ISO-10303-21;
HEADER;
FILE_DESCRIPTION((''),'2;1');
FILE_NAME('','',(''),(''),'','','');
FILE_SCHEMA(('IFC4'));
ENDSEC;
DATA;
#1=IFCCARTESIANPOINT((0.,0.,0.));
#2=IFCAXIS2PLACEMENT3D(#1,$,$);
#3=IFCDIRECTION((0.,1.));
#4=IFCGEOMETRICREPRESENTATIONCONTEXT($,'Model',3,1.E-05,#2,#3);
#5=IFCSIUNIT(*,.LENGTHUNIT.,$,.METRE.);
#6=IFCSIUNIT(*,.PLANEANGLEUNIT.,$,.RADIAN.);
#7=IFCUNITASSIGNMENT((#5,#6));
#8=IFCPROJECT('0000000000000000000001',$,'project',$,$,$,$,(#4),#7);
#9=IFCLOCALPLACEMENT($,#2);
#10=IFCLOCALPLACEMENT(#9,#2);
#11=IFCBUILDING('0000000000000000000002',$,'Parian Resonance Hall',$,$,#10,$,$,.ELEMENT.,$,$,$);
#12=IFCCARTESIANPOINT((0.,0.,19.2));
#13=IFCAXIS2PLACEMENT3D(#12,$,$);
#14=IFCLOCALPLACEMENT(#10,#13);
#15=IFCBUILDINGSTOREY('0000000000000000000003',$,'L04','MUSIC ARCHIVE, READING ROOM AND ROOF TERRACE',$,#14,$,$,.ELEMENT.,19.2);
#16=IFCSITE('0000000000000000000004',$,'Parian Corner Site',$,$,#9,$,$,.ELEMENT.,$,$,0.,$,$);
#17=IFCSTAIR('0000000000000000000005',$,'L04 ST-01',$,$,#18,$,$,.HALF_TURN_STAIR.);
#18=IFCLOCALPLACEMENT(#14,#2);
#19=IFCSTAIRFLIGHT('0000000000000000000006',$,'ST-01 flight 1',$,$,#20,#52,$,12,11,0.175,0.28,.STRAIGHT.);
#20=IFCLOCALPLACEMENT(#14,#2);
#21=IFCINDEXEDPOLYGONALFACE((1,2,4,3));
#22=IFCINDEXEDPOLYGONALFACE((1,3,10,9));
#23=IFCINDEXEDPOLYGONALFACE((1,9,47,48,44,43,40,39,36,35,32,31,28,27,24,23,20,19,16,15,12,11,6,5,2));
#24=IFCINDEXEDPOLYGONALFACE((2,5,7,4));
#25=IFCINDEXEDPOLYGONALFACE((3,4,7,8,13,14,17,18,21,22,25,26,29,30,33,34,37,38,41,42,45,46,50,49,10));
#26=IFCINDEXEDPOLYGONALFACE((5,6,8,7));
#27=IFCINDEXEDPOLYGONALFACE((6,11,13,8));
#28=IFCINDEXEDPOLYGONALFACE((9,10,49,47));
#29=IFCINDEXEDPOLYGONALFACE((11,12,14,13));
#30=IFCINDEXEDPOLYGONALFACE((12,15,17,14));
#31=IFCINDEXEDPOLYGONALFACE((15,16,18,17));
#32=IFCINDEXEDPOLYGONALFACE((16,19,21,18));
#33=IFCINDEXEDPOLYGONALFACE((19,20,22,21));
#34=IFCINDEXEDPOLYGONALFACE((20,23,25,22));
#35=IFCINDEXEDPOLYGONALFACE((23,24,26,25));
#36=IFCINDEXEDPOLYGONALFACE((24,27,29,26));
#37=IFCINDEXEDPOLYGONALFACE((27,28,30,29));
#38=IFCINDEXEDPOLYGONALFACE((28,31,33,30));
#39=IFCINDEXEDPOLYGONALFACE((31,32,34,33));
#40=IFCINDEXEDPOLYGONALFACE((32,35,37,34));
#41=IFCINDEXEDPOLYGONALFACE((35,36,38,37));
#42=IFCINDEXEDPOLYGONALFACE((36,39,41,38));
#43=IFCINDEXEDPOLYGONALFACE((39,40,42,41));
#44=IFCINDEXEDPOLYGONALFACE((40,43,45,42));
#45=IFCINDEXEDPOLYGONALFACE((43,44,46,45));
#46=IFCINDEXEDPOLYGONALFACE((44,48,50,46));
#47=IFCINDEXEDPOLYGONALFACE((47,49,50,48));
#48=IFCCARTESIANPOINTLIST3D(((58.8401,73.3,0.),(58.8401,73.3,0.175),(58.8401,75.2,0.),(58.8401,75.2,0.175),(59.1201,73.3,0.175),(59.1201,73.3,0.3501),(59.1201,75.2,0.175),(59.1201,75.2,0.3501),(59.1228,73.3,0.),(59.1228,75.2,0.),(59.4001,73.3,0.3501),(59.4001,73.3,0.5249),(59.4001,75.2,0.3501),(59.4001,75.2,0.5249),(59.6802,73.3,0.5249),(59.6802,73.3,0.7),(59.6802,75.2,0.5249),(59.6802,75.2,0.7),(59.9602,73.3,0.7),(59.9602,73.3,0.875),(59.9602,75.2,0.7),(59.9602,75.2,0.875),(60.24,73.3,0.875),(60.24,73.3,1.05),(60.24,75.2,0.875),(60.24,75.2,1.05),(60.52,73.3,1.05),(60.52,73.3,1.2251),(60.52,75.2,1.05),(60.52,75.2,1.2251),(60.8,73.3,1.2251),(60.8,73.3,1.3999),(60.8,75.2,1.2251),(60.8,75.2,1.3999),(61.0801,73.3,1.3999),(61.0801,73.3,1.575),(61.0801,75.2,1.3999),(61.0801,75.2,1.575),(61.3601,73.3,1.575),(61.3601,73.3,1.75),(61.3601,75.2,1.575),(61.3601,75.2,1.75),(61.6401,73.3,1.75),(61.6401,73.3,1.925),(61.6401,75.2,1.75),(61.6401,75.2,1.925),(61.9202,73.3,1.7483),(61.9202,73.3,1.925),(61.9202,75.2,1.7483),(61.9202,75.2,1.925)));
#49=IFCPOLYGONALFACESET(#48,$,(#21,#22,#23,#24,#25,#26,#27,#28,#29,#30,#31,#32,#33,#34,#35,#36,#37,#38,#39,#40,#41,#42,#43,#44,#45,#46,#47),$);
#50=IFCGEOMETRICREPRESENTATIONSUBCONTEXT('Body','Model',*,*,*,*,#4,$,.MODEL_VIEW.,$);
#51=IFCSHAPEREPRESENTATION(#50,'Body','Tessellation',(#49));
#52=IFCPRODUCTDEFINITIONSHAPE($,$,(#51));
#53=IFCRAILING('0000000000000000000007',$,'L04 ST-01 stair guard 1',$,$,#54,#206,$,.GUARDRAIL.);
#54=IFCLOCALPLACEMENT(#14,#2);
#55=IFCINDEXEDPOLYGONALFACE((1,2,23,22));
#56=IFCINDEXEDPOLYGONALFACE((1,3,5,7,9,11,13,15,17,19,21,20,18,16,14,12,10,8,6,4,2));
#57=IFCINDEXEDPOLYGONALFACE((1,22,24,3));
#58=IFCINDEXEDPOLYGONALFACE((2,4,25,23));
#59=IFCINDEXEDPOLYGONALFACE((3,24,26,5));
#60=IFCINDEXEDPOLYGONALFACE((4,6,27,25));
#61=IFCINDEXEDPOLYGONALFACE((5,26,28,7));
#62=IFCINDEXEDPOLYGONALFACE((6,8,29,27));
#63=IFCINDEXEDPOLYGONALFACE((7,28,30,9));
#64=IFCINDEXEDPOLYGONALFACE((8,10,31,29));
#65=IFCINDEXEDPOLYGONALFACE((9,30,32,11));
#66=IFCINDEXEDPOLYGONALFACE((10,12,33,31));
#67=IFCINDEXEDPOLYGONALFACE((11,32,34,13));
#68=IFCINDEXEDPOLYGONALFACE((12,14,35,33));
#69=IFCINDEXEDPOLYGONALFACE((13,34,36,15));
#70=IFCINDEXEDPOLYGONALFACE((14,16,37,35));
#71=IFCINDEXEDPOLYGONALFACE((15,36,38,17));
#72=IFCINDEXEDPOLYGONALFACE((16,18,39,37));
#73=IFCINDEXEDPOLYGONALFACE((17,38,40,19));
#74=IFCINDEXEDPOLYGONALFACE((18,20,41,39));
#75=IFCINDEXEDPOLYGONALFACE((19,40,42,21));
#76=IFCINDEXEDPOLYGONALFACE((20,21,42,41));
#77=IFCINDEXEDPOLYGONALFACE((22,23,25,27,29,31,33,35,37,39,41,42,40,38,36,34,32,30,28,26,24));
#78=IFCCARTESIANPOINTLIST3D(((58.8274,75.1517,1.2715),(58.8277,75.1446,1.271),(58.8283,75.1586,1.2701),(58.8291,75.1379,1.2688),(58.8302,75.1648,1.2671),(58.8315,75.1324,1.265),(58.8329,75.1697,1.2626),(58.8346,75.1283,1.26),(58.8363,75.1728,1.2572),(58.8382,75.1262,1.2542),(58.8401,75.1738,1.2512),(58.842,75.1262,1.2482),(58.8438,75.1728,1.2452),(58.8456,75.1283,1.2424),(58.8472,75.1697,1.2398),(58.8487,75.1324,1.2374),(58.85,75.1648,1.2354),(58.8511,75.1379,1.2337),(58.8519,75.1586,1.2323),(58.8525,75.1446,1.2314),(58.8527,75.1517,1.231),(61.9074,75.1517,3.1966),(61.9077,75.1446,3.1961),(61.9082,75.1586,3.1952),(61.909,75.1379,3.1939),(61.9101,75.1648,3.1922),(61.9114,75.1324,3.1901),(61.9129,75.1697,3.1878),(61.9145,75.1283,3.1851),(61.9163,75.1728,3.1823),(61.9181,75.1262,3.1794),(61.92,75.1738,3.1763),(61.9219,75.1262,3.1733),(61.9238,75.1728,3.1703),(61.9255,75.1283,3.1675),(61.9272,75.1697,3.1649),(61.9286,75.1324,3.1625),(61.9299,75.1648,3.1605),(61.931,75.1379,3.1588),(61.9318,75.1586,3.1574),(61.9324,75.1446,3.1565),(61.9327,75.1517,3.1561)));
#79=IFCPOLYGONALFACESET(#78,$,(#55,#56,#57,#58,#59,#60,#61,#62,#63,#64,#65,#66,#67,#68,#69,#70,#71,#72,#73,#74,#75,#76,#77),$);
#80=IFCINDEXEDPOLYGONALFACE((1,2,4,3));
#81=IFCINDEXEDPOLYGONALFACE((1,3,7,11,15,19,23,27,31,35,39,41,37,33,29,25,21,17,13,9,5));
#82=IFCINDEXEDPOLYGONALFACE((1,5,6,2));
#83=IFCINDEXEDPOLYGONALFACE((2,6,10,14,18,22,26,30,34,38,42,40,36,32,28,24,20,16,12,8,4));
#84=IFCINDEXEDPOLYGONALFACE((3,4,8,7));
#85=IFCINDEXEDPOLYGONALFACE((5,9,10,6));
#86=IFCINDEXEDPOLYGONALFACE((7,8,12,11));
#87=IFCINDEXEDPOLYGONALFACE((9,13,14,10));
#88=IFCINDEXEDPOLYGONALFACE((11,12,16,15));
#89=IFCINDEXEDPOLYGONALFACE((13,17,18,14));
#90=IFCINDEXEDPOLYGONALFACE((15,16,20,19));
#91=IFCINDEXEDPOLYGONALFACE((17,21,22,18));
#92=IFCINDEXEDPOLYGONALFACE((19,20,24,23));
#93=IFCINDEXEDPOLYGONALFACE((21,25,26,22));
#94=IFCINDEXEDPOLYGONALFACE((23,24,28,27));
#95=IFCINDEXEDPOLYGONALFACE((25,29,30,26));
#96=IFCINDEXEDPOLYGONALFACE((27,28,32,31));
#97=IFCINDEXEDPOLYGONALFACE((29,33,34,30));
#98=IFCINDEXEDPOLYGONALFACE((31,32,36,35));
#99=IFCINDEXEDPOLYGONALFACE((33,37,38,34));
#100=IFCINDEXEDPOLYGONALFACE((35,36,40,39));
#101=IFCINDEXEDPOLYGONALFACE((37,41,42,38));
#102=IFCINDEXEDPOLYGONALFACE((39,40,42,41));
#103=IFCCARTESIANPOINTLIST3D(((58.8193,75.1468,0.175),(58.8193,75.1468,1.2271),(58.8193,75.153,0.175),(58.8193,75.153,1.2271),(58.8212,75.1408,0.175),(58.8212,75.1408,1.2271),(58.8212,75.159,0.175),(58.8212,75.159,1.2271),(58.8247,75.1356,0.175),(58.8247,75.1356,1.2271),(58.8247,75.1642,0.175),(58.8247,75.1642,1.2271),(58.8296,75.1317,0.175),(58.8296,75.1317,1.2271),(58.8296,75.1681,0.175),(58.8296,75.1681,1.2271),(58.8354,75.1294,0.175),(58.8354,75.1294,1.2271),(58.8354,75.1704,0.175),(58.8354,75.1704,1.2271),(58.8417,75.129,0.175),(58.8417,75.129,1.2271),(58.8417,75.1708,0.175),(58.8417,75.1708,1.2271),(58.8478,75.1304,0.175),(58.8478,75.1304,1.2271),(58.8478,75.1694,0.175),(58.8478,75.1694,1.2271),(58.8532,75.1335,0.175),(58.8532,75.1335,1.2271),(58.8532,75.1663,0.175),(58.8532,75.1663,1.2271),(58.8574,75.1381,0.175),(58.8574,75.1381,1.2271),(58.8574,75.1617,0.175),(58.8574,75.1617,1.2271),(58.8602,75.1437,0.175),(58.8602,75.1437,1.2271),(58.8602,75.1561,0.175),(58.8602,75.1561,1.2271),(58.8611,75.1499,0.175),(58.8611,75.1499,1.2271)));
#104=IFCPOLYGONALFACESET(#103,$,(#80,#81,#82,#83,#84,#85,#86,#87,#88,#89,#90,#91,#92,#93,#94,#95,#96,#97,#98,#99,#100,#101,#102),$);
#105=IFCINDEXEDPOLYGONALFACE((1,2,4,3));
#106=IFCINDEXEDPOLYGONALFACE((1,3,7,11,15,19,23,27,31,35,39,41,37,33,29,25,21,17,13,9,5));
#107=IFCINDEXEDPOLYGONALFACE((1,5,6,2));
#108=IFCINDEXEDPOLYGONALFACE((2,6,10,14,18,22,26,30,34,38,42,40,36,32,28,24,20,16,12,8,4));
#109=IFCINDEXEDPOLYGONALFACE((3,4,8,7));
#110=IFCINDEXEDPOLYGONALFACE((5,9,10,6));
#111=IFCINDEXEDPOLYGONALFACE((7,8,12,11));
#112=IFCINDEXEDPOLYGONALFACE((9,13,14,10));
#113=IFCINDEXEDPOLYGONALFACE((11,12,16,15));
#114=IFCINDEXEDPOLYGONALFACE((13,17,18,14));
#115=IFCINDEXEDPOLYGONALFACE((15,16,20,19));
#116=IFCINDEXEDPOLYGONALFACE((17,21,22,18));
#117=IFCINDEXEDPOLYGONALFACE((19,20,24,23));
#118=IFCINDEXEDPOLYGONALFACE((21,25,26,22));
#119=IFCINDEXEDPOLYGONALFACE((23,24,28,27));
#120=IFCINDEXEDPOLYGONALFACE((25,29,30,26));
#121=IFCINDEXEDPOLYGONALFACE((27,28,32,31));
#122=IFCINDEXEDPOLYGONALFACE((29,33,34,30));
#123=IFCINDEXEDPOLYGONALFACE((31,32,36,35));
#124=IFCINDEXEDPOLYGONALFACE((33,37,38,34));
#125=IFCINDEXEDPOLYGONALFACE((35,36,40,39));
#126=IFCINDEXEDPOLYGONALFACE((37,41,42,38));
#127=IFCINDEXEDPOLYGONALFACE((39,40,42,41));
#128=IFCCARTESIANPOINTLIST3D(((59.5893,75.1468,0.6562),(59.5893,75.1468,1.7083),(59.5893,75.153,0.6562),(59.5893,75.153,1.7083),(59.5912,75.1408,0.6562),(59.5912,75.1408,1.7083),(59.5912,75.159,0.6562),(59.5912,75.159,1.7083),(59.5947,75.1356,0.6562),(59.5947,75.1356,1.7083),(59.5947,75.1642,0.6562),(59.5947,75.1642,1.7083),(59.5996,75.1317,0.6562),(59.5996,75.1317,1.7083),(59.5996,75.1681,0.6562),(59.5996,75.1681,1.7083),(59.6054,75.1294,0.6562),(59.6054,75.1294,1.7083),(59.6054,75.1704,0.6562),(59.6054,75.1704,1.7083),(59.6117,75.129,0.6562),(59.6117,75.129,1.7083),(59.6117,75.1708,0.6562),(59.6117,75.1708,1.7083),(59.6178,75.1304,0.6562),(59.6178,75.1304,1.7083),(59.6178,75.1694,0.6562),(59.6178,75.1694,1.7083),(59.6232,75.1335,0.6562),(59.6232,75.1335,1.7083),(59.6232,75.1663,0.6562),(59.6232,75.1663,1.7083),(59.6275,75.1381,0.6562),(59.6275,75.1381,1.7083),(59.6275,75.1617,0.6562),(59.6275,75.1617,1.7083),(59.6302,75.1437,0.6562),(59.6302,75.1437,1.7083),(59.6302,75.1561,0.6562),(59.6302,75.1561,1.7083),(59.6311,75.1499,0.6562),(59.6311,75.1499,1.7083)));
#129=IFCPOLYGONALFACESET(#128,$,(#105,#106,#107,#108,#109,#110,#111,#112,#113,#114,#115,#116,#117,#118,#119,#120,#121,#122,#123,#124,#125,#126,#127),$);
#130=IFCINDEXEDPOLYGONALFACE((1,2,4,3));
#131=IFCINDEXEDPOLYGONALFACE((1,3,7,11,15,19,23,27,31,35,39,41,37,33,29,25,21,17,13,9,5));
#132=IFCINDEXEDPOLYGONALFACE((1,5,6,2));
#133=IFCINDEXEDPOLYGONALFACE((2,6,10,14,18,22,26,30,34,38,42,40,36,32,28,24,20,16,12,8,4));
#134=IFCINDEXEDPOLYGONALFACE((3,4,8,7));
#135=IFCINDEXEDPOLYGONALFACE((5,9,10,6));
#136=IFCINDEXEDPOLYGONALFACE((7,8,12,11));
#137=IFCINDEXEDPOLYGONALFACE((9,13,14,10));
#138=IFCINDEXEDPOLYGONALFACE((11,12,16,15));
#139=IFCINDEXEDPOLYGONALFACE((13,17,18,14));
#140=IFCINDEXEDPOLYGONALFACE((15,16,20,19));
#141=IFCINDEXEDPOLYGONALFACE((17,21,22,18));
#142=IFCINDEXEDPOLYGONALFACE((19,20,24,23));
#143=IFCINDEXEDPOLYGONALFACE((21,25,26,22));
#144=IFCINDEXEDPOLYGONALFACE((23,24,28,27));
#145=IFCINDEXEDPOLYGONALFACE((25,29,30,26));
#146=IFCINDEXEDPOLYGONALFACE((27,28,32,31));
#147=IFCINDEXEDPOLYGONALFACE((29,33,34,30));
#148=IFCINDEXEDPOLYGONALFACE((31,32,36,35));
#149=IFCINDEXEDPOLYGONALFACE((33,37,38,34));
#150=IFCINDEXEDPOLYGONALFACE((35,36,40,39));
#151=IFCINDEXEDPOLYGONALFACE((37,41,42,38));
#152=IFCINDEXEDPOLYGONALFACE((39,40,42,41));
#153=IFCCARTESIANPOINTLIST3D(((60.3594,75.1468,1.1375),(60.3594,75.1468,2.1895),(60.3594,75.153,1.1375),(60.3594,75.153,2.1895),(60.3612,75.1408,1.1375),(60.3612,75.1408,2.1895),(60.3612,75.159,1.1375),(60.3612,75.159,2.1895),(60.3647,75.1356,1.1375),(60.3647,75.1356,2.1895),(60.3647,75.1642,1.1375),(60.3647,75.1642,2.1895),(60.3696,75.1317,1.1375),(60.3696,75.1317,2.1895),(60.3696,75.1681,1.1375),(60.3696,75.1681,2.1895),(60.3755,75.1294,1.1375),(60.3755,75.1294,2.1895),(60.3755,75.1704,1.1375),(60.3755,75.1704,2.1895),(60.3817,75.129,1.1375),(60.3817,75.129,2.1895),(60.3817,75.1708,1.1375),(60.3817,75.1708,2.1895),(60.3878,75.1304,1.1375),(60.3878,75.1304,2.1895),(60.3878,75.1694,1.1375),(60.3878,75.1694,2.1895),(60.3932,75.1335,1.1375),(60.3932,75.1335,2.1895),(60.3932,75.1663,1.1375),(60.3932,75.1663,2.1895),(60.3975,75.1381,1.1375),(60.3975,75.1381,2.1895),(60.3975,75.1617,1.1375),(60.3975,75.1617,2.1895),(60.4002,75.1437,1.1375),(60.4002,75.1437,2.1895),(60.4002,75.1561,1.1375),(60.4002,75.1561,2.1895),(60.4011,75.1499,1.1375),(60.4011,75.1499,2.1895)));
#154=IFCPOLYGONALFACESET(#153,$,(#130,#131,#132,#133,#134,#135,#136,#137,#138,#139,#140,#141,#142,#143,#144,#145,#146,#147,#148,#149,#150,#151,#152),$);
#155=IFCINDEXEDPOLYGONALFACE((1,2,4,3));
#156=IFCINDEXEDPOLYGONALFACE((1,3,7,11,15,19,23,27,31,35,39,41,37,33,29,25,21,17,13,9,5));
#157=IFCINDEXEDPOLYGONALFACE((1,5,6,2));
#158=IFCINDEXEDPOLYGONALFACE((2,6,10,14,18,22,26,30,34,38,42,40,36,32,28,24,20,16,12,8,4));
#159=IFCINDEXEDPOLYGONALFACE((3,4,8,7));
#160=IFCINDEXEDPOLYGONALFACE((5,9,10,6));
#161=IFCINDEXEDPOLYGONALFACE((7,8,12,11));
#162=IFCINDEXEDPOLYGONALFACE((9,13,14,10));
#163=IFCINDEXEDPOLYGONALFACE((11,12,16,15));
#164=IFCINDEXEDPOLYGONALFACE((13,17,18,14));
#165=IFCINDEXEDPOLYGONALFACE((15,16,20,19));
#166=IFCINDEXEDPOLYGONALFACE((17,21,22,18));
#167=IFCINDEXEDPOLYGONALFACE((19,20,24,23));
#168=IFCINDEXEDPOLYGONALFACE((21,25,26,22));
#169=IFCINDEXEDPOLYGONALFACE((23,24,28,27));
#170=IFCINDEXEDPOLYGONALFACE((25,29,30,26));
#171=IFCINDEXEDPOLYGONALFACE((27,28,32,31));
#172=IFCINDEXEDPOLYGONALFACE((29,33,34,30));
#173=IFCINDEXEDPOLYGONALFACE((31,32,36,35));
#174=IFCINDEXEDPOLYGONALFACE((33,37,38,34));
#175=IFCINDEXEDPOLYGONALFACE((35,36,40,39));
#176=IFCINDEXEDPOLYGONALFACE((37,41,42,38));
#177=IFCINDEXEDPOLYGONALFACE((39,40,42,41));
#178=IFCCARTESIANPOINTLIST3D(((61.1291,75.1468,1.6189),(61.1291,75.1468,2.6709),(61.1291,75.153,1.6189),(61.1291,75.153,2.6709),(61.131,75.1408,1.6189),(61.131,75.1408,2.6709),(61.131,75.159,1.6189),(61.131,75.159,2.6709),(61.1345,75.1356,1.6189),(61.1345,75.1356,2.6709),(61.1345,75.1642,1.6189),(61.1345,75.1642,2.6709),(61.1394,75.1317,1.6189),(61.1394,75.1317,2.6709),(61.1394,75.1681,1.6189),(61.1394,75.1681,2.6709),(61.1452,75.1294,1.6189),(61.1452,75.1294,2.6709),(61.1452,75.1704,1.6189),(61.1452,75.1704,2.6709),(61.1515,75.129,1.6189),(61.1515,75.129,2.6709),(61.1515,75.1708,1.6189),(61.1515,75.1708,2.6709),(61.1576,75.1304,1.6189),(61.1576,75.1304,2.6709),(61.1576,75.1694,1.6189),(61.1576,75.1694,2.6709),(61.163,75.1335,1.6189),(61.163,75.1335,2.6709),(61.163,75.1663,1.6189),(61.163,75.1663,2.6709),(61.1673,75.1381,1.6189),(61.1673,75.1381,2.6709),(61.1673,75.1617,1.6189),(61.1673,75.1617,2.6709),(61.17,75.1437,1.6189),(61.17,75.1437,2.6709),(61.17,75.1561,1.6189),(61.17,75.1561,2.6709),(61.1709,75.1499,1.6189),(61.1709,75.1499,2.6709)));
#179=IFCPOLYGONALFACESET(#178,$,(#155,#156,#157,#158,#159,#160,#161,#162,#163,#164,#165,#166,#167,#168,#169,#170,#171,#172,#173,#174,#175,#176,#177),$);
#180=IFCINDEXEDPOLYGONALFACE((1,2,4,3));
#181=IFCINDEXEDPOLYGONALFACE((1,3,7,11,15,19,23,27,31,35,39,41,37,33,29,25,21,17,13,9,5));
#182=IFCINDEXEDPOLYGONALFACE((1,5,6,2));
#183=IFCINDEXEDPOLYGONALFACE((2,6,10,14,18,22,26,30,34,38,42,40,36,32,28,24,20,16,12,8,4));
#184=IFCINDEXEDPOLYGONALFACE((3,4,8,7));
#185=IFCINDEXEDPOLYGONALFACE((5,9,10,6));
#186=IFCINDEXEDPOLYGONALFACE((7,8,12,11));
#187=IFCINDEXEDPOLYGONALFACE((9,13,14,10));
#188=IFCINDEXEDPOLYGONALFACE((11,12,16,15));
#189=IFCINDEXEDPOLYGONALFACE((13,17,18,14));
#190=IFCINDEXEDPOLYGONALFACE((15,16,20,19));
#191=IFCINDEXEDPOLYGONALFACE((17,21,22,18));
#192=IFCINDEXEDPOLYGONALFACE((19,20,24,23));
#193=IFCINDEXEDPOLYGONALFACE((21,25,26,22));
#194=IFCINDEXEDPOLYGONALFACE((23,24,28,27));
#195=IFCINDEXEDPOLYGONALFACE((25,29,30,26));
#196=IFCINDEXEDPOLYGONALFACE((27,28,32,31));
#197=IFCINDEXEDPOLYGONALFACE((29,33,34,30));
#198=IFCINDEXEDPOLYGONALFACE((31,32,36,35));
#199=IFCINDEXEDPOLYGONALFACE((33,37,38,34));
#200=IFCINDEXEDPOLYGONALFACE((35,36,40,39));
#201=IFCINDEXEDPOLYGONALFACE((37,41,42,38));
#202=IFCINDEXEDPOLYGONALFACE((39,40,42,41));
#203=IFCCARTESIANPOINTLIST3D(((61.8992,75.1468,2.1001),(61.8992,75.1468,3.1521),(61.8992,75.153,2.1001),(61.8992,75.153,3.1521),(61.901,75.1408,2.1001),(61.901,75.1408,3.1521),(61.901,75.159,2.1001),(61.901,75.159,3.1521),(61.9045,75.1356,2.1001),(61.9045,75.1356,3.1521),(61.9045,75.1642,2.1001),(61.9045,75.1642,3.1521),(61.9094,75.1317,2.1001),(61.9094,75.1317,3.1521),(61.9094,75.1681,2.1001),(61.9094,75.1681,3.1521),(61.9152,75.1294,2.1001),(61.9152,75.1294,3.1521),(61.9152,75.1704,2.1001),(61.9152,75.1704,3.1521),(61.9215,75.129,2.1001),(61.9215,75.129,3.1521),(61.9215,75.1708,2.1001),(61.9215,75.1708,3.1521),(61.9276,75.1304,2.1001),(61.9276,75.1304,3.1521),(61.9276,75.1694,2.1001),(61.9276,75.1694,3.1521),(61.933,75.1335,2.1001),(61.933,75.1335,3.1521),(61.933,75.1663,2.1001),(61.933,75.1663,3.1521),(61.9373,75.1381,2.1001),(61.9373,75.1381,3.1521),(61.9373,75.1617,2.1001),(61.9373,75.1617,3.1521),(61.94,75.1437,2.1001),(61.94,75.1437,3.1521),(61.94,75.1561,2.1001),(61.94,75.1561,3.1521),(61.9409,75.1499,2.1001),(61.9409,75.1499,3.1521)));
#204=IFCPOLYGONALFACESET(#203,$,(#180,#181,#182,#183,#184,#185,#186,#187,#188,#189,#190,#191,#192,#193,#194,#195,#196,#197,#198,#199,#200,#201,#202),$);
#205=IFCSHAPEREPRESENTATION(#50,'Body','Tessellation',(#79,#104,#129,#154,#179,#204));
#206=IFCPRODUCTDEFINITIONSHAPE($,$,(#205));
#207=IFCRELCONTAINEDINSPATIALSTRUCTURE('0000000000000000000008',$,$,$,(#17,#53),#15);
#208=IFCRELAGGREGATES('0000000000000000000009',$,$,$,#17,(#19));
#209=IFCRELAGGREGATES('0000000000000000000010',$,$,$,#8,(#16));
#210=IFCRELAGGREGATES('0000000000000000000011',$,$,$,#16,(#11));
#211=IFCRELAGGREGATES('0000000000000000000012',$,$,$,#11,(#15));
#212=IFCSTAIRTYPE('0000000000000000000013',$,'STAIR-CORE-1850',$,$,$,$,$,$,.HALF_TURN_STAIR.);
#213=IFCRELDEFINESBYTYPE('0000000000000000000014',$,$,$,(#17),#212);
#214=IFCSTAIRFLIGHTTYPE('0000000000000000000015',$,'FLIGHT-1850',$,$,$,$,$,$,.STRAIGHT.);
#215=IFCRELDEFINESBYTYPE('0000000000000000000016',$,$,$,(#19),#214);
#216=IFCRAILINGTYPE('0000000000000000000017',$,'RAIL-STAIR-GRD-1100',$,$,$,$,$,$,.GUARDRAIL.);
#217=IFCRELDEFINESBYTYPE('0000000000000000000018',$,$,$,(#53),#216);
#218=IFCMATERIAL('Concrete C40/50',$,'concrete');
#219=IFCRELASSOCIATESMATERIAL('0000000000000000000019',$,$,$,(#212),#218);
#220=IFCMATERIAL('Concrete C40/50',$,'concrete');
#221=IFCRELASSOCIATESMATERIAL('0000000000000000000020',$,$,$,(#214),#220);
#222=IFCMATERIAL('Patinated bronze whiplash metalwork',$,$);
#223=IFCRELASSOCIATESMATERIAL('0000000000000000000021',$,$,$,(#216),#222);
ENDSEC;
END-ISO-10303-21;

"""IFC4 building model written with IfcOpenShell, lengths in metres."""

from ifc_helpers import new_model, si_unit, direction, frame, origin, origin_2d, place, context, subcontext, project, spatial, polyline, circle, outline, extrude, material, type_object, element, aggregate, save


model = new_model("IFC4")

# Units and contexts
model_context = context("Model", 3, precision=1e-05, world=origin(), true_north=direction((0.0, 1.0)))
body_context = subcontext(model_context, "Body", "Model", "MODEL_VIEW")
ifc_project = project(units=[si_unit("LENGTHUNIT", "METRE"), si_unit("PLANEANGLEUNIT", "RADIAN")], contexts=[model_context])

# Site, building, storey
site_placement = place(None, origin())
site = spatial("IfcSite", under=ifc_project, at=site_placement, Name="Parian Corner Site", CompositionType="ELEMENT", RefElevation=0.0)
building_placement = place(site_placement, origin())
building = spatial("IfcBuilding", under=site, at=building_placement, Name="Parian Resonance Hall", CompositionType="ELEMENT")
storey_placement = place(building_placement, frame((0.0, 0.0, 19.2)))
storey = spatial("IfcBuildingStorey", under=building, at=storey_placement, Name="L04", Description="MUSIC ARCHIVE, READING ROOM AND ROOF TERRACE", CompositionType="ELEMENT", Elevation=19.2)

# Stair, stair flight
ifc_material_1 = material(Name="Concrete C40/50", Category="concrete")
stair_type = type_object("IfcStairType", Name="STAIR-CORE-1850", PredefinedType="HALF_TURN_STAIR", material=ifc_material_1)
stair_placement = place(storey_placement, origin())
stair = element("IfcStair", 1, at=stair_placement, inside=storey, type_object=stair_type, Name="L04 ST-01", PredefinedType="HALF_TURN_STAIR")
ifc_material_2 = material(Name="Concrete C40/50", Category="concrete")
stair_flight_type = type_object("IfcStairFlightType", Name="FLIGHT-1850", PredefinedType="STRAIGHT", material=ifc_material_2)
stair_flight_placement = place(storey_placement, frame((58.8401, 74.25, 0.0), z_axis=(0.0, 0.0, 1.0), x_axis=(1.0, 0.0, 0.0)))
stair_flight = element("IfcStairFlight", 2, at=stair_flight_placement, type_object=stair_flight_type, Name="ST-01 flight 1", NumberOfRisers=12, NumberOfTreads=11, PredefinedType="STRAIGHT", RiserHeight=0.175, TreadLength=0.28, context=body_context, shape_type="SweptSolid", body=[
    extrude(outline(polyline([(0.0, 0.0), (0.0, 0.175), (0.28, 0.175), (0.28, 0.3501), (0.5601, 0.3501), (0.5601, 0.5249), (0.8401, 0.5249), (0.8401, 0.7), (1.1201, 0.7), (1.1201, 0.875), (1.3999, 0.875), (1.3999, 1.05), (1.6799, 1.05), (1.6799, 1.2251), (1.96, 1.2251), (1.96, 1.3999), (2.24, 1.3999), (2.24, 1.575), (2.52, 1.575), (2.52, 1.75), (2.8, 1.75), (2.8, 1.925), (3.0801, 1.925), (3.0801, 2.1001), (3.0801, 1.7483), (0.2827, 0.0), (0.0, 0.0)])), frame((0.0, 0.95, 0.0), z_axis=(0.0, -1.0, 0.0), x_axis=(1.0, 0.0, 0.0)), (0.0, 0.0, 1.0), 1.8999),
])
aggregate(stair, [stair_flight])

# Railing
ifc_material_3 = material(Name="Patinated bronze whiplash metalwork")
railing_type_1 = type_object("IfcRailingType", Name="RAIL-STAIR-GRD-1100", PredefinedType="GUARDRAIL", material=ifc_material_3)
railing_1_placement = place(storey_placement, frame((58.8401, 75.1499, 0.175)))
element("IfcRailing", 3, at=railing_1_placement, inside=storey, type_object=railing_type_1, Name="L04 ST-01 stair guard 1", PredefinedType="GUARDRAIL", context=body_context, shape_type="SweptSolid", body=[
    extrude(circle(Radius=0.0239, at=origin_2d()), frame((0.0, 0.0, 1.0762), z_axis=(0.847979, 0.0, 0.530029), x_axis=(0.0, 1.0, 0.0)), (0.0, 0.0, 1.0), 3.6321),
    extrude(circle(Radius=0.021, at=origin_2d()), origin(), (0.0, 0.0, 1.0), 1.052),
    extrude(circle(Radius=0.021, at=origin_2d()), frame((0.77, 0.0, 0.4812)), (0.0, 0.0, 1.0), 1.052),
    extrude(circle(Radius=0.021, at=origin_2d()), frame((1.54, 0.0, 0.9624)), (0.0, 0.0, 1.0), 1.052),
    extrude(circle(Radius=0.021, at=origin_2d()), frame((2.3098, 0.0, 1.4438)), (0.0, 0.0, 1.0), 1.052),
    extrude(circle(Radius=0.021, at=origin_2d()), frame((3.0798, 0.0, 1.925)), (0.0, 0.0, 1.0), 1.052),
])

save(model, "model.ifc")
